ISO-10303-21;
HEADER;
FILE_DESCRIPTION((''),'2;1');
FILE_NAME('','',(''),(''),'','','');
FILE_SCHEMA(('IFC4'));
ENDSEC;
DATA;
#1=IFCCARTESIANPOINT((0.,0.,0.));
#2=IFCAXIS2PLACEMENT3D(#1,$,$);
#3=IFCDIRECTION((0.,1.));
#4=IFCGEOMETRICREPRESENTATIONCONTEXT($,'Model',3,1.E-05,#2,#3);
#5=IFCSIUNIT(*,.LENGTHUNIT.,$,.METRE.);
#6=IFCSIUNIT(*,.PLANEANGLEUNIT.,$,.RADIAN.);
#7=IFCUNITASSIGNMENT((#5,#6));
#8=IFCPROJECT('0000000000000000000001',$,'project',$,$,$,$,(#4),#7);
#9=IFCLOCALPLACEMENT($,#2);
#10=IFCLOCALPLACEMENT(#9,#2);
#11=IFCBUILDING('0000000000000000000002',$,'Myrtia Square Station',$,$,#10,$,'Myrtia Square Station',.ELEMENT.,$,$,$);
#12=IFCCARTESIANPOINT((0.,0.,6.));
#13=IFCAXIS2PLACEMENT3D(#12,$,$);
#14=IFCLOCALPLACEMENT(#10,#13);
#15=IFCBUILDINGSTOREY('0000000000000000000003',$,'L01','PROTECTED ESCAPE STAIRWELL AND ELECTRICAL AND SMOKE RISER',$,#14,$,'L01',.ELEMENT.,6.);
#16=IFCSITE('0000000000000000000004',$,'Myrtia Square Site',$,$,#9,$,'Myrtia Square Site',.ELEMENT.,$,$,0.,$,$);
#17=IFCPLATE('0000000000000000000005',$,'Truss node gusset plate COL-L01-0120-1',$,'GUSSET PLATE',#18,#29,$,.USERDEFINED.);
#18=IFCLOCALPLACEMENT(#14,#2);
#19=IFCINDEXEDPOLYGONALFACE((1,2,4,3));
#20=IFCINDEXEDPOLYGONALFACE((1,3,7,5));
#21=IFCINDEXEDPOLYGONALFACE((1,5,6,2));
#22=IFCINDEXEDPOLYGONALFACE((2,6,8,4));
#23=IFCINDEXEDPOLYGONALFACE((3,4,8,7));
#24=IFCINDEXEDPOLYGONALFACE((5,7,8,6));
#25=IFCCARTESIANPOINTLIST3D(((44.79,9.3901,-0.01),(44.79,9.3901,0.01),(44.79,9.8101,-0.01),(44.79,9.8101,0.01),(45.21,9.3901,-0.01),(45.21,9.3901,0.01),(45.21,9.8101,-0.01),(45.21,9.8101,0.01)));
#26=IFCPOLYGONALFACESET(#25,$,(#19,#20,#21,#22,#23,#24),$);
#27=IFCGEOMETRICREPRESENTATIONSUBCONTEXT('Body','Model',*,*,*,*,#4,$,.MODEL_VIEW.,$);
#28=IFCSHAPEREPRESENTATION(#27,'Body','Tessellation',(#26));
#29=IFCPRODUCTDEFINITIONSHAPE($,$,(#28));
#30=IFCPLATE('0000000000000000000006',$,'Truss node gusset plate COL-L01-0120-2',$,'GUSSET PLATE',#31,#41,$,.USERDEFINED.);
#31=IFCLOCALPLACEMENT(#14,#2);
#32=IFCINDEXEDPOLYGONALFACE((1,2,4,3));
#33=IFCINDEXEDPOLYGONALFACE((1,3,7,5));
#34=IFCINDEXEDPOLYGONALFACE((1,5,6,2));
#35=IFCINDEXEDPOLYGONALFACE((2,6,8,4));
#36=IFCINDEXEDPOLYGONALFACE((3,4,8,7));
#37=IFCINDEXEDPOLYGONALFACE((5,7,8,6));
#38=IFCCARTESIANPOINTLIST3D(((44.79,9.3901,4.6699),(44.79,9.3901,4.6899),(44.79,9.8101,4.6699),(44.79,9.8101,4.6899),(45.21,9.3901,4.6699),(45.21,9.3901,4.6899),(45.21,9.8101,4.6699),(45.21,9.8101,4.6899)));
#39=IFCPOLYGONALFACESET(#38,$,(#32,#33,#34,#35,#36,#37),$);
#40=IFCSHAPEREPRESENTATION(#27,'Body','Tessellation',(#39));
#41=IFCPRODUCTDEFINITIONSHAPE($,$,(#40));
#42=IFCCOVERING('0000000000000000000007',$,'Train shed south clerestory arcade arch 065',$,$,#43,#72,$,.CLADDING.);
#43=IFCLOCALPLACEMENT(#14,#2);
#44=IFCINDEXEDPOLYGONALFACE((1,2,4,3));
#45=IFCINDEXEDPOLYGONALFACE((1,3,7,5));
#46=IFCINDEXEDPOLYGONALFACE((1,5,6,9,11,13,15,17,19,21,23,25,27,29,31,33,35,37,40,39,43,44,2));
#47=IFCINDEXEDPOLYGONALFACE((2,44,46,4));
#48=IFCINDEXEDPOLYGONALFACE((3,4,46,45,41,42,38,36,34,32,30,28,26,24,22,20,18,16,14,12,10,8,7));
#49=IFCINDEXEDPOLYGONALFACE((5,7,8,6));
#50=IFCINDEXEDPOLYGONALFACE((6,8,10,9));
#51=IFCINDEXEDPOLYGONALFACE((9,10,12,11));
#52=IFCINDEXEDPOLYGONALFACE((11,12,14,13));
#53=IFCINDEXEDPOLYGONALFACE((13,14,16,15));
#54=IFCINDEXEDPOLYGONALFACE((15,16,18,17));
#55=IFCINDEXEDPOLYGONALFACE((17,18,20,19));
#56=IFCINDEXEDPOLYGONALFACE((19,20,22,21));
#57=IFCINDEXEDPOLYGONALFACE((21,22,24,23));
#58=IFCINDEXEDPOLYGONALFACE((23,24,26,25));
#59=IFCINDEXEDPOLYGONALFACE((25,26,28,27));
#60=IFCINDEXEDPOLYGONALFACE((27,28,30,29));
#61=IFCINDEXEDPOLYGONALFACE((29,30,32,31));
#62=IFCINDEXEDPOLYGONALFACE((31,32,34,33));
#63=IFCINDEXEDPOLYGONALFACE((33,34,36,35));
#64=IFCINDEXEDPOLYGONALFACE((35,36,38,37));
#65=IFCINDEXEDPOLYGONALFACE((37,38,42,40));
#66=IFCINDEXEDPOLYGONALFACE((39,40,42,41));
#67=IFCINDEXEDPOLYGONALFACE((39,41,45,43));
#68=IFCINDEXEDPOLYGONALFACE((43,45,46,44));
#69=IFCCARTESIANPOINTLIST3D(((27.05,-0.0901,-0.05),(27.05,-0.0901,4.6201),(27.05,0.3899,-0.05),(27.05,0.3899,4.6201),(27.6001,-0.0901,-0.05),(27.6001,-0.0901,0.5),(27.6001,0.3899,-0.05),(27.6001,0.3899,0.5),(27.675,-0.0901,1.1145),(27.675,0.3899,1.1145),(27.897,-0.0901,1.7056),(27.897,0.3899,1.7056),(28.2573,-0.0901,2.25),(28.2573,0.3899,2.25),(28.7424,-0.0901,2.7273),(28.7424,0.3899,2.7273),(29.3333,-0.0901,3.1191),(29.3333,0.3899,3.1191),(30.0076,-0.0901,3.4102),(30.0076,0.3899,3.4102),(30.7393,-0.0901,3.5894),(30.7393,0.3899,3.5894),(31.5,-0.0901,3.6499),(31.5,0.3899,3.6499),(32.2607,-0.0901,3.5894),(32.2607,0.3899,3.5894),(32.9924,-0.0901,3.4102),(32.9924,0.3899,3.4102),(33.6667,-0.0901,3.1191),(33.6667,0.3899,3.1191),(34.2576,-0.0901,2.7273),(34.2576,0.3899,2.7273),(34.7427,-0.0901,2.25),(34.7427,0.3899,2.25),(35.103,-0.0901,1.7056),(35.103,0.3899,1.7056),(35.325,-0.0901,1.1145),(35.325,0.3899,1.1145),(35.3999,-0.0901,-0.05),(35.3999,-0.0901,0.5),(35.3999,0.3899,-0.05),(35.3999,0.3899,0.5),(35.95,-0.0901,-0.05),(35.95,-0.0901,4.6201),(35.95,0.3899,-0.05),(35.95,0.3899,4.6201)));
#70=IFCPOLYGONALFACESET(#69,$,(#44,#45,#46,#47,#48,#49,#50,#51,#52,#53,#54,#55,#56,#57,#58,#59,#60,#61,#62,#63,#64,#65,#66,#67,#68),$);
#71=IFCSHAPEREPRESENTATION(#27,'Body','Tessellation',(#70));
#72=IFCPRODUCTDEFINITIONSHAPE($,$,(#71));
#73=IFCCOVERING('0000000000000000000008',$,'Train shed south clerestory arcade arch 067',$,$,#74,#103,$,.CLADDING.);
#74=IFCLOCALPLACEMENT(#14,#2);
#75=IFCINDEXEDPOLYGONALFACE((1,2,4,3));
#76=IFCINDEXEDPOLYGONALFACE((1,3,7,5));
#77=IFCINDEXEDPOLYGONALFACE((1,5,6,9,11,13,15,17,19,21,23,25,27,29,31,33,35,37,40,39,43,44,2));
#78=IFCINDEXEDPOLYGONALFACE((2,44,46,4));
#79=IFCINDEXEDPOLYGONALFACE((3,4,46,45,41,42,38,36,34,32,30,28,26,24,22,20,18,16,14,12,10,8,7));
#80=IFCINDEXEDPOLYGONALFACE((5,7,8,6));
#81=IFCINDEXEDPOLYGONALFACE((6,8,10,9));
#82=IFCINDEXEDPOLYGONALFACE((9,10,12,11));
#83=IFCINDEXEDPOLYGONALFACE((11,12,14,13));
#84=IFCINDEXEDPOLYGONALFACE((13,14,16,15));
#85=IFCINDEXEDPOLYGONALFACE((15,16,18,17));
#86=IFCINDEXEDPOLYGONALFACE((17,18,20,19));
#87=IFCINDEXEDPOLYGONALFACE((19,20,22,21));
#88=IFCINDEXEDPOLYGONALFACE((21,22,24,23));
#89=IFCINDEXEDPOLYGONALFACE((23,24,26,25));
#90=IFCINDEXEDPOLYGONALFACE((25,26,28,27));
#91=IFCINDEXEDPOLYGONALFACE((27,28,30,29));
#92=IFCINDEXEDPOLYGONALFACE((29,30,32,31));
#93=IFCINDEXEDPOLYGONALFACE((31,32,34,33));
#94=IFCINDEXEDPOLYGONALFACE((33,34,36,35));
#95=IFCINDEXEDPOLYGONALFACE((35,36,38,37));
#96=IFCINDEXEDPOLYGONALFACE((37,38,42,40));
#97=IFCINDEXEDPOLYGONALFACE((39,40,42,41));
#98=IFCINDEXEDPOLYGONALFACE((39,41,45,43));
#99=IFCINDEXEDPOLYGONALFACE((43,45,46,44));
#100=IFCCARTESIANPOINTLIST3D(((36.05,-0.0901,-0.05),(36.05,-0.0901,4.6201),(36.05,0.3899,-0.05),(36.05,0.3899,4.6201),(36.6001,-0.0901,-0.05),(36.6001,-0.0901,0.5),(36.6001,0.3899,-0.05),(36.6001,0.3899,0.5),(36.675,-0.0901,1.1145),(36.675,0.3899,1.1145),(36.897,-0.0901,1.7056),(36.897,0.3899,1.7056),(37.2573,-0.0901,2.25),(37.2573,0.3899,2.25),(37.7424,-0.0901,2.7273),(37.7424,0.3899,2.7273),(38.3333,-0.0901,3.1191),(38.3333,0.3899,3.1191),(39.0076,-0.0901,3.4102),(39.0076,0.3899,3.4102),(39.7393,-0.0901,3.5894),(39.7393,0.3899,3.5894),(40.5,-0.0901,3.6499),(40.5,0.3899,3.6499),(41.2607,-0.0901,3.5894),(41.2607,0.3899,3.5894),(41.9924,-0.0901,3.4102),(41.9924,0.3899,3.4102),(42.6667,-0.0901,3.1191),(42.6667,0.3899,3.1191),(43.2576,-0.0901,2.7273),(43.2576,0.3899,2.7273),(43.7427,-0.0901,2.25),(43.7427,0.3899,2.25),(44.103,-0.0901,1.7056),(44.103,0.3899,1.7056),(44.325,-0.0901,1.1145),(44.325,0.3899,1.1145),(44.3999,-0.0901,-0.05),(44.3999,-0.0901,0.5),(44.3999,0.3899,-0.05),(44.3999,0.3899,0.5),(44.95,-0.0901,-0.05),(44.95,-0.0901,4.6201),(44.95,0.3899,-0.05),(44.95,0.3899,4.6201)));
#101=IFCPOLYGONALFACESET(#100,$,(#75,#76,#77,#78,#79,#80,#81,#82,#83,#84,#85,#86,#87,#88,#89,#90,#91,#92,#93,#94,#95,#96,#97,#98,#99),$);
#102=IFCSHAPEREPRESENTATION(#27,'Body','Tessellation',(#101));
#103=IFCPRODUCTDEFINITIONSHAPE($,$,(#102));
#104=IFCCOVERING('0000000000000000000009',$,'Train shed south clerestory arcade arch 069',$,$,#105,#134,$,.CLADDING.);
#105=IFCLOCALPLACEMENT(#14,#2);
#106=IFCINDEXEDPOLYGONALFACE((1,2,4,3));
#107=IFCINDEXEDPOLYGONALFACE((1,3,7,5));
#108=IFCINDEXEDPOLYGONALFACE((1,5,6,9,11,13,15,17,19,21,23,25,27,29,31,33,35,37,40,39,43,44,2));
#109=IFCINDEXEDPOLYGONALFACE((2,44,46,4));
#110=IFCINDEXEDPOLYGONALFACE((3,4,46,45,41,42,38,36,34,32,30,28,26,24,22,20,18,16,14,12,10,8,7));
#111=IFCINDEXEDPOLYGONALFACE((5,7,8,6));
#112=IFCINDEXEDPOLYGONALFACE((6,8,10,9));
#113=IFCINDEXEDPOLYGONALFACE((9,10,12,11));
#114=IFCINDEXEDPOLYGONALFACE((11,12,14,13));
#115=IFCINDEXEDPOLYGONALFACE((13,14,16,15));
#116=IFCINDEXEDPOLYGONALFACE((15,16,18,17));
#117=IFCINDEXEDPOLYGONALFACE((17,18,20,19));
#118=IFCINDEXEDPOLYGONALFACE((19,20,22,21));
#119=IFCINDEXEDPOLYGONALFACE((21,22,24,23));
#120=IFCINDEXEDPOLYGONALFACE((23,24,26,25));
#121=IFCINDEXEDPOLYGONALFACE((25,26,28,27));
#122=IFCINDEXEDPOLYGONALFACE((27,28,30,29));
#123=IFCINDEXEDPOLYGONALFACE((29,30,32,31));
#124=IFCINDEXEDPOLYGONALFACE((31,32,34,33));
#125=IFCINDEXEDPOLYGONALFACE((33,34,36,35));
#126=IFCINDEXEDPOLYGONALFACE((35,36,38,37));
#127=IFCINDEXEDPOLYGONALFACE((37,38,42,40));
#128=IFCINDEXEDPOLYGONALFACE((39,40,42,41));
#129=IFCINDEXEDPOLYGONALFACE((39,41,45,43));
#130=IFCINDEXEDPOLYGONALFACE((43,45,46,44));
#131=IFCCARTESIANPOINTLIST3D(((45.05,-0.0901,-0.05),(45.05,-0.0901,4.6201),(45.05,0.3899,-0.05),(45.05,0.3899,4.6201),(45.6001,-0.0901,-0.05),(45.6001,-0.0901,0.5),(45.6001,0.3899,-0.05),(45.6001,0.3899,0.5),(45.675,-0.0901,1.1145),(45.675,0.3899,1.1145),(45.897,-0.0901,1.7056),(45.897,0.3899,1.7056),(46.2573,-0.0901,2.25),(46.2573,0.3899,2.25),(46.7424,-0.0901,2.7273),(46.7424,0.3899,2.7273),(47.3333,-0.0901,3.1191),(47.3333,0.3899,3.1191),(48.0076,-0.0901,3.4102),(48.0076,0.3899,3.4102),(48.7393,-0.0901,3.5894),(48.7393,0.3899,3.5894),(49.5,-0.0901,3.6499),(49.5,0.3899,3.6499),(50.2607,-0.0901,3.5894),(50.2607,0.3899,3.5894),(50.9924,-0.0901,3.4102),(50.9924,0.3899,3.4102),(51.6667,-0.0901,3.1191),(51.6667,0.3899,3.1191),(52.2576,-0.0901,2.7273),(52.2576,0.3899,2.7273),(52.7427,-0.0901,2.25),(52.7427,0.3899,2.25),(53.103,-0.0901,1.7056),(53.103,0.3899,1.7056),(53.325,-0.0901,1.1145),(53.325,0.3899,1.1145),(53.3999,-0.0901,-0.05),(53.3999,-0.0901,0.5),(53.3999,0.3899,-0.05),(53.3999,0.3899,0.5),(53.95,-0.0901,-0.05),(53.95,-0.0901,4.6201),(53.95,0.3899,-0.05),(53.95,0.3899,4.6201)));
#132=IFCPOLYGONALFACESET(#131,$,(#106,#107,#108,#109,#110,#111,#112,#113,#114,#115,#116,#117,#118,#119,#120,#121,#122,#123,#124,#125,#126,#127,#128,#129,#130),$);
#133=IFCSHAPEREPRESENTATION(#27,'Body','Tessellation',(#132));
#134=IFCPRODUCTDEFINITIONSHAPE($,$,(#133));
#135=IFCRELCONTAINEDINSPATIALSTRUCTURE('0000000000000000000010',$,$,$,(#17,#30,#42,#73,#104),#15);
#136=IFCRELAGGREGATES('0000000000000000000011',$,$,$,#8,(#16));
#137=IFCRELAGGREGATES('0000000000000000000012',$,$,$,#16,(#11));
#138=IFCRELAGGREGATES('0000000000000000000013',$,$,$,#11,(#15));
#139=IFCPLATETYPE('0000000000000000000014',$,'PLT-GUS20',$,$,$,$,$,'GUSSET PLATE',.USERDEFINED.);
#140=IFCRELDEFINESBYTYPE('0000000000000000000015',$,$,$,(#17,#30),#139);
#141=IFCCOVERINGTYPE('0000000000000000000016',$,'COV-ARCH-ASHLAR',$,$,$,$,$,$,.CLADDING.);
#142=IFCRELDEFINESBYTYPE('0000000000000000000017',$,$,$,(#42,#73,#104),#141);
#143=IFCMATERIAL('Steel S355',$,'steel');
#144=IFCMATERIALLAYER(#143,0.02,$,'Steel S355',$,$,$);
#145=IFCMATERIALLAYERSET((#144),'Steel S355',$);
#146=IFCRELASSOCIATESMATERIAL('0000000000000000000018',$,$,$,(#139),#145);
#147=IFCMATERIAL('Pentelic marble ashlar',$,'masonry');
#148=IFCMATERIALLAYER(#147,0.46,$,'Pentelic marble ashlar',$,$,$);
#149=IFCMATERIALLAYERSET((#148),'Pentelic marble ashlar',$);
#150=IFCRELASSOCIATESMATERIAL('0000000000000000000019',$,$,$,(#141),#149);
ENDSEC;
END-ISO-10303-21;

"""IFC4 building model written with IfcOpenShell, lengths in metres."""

from ifc_helpers import new_model, si_unit, direction, frame, origin, origin_2d, place, context, subcontext, project, spatial, polyline, rectangle, outline, extrude, material, layer, layer_set, type_object, element, save


model = new_model("IFC4")

# Units and contexts
model_context = context("Model", 3, precision=1e-05, world=origin(), true_north=direction((0.0, 1.0)))
body_context = subcontext(model_context, "Body", "Model", "MODEL_VIEW")
ifc_project = project(units=[si_unit("LENGTHUNIT", "METRE"), si_unit("PLANEANGLEUNIT", "RADIAN")], contexts=[model_context])

# Site, building, storey
site_placement = place(None, origin())
site = spatial("IfcSite", under=ifc_project, at=site_placement, Name="Myrtia Square Site", LongName="Myrtia Square Site", CompositionType="ELEMENT", RefElevation=0.0)
building_placement = place(site_placement, origin())
building = spatial("IfcBuilding", under=site, at=building_placement, Name="Myrtia Square Station", LongName="Myrtia Square Station", CompositionType="ELEMENT")
storey_placement = place(building_placement, frame((0.0, 0.0, 6.0)))
storey = spatial("IfcBuildingStorey", under=building, at=storey_placement, Name="L01", Description="PROTECTED ESCAPE STAIRWELL AND ELECTRICAL AND SMOKE RISER", LongName="L01", CompositionType="ELEMENT", Elevation=6.0)

# Shared definitions
ifc_material_1 = material(Name="Steel S355", Category="steel")

# Plates
ifc_layer_1 = layer(ifc_material_1, 0.02, Name="Steel S355")
ifc_layer_set_1 = layer_set([ifc_layer_1], Name="Steel S355")
plate_type = type_object("IfcPlateType", Name="PLT-GUS20", ElementType="GUSSET PLATE", PredefinedType="USERDEFINED", material=ifc_layer_set_1)
for number, where, z_axis, x_axis, name in (
    (1, (45.0, 9.6001, -0.01), (0.0, 0.0, 1.0), (1.0, 0.0, 0.0), "Truss node gusset plate COL-L01-0120-1"),
    (2, (45.0, 9.6001, 4.6699), (0.0, 0.0, 1.0), (1.0, 0.0, 0.0), "Truss node gusset plate COL-L01-0120-2"),
):
    element("IfcPlate", number, at=place(storey_placement, frame(where, z_axis=z_axis, x_axis=x_axis)), inside=storey, type_object=plate_type, Name=name, ObjectType="GUSSET PLATE", PredefinedType="USERDEFINED", context=body_context, shape_type="SweptSolid", body=[
        extrude(rectangle(XDim=0.4199, YDim=0.4199, at=origin_2d()), origin(), (0.0, 0.0, 1.0), 0.02),
    ])

# Coverings
ifc_material_2 = material(Name="Pentelic marble ashlar", Category="masonry")
ifc_layer_2 = layer(ifc_material_2, 0.46, Name="Pentelic marble ashlar")
ifc_layer_set_2 = layer_set([ifc_layer_2], Name="Pentelic marble ashlar")
covering_type = type_object("IfcCoveringType", Name="COV-ARCH-ASHLAR", PredefinedType="CLADDING", material=ifc_layer_set_2)
for number, where, z_axis, x_axis, name in (
    (3, (27.05, 0.1499, -0.05), (0.0, 0.0, 1.0), (1.0, 0.0, 0.0), "Train shed south clerestory arcade arch 065"),
    (4, (36.05, 0.1499, -0.05), (0.0, 0.0, 1.0), (1.0, 0.0, 0.0), "Train shed south clerestory arcade arch 067"),
    (5, (45.05, 0.1499, -0.05), (0.0, 0.0, 1.0), (1.0, 0.0, 0.0), "Train shed south clerestory arcade arch 069"),
):
    element("IfcCovering", number, at=place(storey_placement, frame(where, z_axis=z_axis, x_axis=x_axis)), inside=storey, type_object=covering_type, Name=name, PredefinedType="CLADDING", context=body_context, shape_type="SweptSolid", body=[
        extrude(outline(polyline([(0.0, 0.0), (0.55, 0.0), (0.55, 0.55), (0.625, 1.1646), (0.8469, 1.7556), (1.2073, 2.3), (1.6924, 2.7773), (2.2832, 3.1692), (2.9575, 3.4602), (3.6892, 3.6394), (4.45, 3.7), (5.2107, 3.6394), (5.9424, 3.4602), (6.6167, 3.1692), (7.2075, 2.7773), (7.6926, 2.3), (8.053, 1.7556), (8.2749, 1.1646), (8.3499, 0.55), (8.3499, 0.0), (8.8999, 0.0), (8.8999, 4.6702), (0.0, 4.6702), (0.0, 0.0)])), frame((0.0, 0.24, 0.0), z_axis=(0.0, -1.0, 0.0), x_axis=(1.0, 0.0, 0.0)), (0.0, 0.0, 1.0), 0.48),
    ])

save(model, "model.ifc")
